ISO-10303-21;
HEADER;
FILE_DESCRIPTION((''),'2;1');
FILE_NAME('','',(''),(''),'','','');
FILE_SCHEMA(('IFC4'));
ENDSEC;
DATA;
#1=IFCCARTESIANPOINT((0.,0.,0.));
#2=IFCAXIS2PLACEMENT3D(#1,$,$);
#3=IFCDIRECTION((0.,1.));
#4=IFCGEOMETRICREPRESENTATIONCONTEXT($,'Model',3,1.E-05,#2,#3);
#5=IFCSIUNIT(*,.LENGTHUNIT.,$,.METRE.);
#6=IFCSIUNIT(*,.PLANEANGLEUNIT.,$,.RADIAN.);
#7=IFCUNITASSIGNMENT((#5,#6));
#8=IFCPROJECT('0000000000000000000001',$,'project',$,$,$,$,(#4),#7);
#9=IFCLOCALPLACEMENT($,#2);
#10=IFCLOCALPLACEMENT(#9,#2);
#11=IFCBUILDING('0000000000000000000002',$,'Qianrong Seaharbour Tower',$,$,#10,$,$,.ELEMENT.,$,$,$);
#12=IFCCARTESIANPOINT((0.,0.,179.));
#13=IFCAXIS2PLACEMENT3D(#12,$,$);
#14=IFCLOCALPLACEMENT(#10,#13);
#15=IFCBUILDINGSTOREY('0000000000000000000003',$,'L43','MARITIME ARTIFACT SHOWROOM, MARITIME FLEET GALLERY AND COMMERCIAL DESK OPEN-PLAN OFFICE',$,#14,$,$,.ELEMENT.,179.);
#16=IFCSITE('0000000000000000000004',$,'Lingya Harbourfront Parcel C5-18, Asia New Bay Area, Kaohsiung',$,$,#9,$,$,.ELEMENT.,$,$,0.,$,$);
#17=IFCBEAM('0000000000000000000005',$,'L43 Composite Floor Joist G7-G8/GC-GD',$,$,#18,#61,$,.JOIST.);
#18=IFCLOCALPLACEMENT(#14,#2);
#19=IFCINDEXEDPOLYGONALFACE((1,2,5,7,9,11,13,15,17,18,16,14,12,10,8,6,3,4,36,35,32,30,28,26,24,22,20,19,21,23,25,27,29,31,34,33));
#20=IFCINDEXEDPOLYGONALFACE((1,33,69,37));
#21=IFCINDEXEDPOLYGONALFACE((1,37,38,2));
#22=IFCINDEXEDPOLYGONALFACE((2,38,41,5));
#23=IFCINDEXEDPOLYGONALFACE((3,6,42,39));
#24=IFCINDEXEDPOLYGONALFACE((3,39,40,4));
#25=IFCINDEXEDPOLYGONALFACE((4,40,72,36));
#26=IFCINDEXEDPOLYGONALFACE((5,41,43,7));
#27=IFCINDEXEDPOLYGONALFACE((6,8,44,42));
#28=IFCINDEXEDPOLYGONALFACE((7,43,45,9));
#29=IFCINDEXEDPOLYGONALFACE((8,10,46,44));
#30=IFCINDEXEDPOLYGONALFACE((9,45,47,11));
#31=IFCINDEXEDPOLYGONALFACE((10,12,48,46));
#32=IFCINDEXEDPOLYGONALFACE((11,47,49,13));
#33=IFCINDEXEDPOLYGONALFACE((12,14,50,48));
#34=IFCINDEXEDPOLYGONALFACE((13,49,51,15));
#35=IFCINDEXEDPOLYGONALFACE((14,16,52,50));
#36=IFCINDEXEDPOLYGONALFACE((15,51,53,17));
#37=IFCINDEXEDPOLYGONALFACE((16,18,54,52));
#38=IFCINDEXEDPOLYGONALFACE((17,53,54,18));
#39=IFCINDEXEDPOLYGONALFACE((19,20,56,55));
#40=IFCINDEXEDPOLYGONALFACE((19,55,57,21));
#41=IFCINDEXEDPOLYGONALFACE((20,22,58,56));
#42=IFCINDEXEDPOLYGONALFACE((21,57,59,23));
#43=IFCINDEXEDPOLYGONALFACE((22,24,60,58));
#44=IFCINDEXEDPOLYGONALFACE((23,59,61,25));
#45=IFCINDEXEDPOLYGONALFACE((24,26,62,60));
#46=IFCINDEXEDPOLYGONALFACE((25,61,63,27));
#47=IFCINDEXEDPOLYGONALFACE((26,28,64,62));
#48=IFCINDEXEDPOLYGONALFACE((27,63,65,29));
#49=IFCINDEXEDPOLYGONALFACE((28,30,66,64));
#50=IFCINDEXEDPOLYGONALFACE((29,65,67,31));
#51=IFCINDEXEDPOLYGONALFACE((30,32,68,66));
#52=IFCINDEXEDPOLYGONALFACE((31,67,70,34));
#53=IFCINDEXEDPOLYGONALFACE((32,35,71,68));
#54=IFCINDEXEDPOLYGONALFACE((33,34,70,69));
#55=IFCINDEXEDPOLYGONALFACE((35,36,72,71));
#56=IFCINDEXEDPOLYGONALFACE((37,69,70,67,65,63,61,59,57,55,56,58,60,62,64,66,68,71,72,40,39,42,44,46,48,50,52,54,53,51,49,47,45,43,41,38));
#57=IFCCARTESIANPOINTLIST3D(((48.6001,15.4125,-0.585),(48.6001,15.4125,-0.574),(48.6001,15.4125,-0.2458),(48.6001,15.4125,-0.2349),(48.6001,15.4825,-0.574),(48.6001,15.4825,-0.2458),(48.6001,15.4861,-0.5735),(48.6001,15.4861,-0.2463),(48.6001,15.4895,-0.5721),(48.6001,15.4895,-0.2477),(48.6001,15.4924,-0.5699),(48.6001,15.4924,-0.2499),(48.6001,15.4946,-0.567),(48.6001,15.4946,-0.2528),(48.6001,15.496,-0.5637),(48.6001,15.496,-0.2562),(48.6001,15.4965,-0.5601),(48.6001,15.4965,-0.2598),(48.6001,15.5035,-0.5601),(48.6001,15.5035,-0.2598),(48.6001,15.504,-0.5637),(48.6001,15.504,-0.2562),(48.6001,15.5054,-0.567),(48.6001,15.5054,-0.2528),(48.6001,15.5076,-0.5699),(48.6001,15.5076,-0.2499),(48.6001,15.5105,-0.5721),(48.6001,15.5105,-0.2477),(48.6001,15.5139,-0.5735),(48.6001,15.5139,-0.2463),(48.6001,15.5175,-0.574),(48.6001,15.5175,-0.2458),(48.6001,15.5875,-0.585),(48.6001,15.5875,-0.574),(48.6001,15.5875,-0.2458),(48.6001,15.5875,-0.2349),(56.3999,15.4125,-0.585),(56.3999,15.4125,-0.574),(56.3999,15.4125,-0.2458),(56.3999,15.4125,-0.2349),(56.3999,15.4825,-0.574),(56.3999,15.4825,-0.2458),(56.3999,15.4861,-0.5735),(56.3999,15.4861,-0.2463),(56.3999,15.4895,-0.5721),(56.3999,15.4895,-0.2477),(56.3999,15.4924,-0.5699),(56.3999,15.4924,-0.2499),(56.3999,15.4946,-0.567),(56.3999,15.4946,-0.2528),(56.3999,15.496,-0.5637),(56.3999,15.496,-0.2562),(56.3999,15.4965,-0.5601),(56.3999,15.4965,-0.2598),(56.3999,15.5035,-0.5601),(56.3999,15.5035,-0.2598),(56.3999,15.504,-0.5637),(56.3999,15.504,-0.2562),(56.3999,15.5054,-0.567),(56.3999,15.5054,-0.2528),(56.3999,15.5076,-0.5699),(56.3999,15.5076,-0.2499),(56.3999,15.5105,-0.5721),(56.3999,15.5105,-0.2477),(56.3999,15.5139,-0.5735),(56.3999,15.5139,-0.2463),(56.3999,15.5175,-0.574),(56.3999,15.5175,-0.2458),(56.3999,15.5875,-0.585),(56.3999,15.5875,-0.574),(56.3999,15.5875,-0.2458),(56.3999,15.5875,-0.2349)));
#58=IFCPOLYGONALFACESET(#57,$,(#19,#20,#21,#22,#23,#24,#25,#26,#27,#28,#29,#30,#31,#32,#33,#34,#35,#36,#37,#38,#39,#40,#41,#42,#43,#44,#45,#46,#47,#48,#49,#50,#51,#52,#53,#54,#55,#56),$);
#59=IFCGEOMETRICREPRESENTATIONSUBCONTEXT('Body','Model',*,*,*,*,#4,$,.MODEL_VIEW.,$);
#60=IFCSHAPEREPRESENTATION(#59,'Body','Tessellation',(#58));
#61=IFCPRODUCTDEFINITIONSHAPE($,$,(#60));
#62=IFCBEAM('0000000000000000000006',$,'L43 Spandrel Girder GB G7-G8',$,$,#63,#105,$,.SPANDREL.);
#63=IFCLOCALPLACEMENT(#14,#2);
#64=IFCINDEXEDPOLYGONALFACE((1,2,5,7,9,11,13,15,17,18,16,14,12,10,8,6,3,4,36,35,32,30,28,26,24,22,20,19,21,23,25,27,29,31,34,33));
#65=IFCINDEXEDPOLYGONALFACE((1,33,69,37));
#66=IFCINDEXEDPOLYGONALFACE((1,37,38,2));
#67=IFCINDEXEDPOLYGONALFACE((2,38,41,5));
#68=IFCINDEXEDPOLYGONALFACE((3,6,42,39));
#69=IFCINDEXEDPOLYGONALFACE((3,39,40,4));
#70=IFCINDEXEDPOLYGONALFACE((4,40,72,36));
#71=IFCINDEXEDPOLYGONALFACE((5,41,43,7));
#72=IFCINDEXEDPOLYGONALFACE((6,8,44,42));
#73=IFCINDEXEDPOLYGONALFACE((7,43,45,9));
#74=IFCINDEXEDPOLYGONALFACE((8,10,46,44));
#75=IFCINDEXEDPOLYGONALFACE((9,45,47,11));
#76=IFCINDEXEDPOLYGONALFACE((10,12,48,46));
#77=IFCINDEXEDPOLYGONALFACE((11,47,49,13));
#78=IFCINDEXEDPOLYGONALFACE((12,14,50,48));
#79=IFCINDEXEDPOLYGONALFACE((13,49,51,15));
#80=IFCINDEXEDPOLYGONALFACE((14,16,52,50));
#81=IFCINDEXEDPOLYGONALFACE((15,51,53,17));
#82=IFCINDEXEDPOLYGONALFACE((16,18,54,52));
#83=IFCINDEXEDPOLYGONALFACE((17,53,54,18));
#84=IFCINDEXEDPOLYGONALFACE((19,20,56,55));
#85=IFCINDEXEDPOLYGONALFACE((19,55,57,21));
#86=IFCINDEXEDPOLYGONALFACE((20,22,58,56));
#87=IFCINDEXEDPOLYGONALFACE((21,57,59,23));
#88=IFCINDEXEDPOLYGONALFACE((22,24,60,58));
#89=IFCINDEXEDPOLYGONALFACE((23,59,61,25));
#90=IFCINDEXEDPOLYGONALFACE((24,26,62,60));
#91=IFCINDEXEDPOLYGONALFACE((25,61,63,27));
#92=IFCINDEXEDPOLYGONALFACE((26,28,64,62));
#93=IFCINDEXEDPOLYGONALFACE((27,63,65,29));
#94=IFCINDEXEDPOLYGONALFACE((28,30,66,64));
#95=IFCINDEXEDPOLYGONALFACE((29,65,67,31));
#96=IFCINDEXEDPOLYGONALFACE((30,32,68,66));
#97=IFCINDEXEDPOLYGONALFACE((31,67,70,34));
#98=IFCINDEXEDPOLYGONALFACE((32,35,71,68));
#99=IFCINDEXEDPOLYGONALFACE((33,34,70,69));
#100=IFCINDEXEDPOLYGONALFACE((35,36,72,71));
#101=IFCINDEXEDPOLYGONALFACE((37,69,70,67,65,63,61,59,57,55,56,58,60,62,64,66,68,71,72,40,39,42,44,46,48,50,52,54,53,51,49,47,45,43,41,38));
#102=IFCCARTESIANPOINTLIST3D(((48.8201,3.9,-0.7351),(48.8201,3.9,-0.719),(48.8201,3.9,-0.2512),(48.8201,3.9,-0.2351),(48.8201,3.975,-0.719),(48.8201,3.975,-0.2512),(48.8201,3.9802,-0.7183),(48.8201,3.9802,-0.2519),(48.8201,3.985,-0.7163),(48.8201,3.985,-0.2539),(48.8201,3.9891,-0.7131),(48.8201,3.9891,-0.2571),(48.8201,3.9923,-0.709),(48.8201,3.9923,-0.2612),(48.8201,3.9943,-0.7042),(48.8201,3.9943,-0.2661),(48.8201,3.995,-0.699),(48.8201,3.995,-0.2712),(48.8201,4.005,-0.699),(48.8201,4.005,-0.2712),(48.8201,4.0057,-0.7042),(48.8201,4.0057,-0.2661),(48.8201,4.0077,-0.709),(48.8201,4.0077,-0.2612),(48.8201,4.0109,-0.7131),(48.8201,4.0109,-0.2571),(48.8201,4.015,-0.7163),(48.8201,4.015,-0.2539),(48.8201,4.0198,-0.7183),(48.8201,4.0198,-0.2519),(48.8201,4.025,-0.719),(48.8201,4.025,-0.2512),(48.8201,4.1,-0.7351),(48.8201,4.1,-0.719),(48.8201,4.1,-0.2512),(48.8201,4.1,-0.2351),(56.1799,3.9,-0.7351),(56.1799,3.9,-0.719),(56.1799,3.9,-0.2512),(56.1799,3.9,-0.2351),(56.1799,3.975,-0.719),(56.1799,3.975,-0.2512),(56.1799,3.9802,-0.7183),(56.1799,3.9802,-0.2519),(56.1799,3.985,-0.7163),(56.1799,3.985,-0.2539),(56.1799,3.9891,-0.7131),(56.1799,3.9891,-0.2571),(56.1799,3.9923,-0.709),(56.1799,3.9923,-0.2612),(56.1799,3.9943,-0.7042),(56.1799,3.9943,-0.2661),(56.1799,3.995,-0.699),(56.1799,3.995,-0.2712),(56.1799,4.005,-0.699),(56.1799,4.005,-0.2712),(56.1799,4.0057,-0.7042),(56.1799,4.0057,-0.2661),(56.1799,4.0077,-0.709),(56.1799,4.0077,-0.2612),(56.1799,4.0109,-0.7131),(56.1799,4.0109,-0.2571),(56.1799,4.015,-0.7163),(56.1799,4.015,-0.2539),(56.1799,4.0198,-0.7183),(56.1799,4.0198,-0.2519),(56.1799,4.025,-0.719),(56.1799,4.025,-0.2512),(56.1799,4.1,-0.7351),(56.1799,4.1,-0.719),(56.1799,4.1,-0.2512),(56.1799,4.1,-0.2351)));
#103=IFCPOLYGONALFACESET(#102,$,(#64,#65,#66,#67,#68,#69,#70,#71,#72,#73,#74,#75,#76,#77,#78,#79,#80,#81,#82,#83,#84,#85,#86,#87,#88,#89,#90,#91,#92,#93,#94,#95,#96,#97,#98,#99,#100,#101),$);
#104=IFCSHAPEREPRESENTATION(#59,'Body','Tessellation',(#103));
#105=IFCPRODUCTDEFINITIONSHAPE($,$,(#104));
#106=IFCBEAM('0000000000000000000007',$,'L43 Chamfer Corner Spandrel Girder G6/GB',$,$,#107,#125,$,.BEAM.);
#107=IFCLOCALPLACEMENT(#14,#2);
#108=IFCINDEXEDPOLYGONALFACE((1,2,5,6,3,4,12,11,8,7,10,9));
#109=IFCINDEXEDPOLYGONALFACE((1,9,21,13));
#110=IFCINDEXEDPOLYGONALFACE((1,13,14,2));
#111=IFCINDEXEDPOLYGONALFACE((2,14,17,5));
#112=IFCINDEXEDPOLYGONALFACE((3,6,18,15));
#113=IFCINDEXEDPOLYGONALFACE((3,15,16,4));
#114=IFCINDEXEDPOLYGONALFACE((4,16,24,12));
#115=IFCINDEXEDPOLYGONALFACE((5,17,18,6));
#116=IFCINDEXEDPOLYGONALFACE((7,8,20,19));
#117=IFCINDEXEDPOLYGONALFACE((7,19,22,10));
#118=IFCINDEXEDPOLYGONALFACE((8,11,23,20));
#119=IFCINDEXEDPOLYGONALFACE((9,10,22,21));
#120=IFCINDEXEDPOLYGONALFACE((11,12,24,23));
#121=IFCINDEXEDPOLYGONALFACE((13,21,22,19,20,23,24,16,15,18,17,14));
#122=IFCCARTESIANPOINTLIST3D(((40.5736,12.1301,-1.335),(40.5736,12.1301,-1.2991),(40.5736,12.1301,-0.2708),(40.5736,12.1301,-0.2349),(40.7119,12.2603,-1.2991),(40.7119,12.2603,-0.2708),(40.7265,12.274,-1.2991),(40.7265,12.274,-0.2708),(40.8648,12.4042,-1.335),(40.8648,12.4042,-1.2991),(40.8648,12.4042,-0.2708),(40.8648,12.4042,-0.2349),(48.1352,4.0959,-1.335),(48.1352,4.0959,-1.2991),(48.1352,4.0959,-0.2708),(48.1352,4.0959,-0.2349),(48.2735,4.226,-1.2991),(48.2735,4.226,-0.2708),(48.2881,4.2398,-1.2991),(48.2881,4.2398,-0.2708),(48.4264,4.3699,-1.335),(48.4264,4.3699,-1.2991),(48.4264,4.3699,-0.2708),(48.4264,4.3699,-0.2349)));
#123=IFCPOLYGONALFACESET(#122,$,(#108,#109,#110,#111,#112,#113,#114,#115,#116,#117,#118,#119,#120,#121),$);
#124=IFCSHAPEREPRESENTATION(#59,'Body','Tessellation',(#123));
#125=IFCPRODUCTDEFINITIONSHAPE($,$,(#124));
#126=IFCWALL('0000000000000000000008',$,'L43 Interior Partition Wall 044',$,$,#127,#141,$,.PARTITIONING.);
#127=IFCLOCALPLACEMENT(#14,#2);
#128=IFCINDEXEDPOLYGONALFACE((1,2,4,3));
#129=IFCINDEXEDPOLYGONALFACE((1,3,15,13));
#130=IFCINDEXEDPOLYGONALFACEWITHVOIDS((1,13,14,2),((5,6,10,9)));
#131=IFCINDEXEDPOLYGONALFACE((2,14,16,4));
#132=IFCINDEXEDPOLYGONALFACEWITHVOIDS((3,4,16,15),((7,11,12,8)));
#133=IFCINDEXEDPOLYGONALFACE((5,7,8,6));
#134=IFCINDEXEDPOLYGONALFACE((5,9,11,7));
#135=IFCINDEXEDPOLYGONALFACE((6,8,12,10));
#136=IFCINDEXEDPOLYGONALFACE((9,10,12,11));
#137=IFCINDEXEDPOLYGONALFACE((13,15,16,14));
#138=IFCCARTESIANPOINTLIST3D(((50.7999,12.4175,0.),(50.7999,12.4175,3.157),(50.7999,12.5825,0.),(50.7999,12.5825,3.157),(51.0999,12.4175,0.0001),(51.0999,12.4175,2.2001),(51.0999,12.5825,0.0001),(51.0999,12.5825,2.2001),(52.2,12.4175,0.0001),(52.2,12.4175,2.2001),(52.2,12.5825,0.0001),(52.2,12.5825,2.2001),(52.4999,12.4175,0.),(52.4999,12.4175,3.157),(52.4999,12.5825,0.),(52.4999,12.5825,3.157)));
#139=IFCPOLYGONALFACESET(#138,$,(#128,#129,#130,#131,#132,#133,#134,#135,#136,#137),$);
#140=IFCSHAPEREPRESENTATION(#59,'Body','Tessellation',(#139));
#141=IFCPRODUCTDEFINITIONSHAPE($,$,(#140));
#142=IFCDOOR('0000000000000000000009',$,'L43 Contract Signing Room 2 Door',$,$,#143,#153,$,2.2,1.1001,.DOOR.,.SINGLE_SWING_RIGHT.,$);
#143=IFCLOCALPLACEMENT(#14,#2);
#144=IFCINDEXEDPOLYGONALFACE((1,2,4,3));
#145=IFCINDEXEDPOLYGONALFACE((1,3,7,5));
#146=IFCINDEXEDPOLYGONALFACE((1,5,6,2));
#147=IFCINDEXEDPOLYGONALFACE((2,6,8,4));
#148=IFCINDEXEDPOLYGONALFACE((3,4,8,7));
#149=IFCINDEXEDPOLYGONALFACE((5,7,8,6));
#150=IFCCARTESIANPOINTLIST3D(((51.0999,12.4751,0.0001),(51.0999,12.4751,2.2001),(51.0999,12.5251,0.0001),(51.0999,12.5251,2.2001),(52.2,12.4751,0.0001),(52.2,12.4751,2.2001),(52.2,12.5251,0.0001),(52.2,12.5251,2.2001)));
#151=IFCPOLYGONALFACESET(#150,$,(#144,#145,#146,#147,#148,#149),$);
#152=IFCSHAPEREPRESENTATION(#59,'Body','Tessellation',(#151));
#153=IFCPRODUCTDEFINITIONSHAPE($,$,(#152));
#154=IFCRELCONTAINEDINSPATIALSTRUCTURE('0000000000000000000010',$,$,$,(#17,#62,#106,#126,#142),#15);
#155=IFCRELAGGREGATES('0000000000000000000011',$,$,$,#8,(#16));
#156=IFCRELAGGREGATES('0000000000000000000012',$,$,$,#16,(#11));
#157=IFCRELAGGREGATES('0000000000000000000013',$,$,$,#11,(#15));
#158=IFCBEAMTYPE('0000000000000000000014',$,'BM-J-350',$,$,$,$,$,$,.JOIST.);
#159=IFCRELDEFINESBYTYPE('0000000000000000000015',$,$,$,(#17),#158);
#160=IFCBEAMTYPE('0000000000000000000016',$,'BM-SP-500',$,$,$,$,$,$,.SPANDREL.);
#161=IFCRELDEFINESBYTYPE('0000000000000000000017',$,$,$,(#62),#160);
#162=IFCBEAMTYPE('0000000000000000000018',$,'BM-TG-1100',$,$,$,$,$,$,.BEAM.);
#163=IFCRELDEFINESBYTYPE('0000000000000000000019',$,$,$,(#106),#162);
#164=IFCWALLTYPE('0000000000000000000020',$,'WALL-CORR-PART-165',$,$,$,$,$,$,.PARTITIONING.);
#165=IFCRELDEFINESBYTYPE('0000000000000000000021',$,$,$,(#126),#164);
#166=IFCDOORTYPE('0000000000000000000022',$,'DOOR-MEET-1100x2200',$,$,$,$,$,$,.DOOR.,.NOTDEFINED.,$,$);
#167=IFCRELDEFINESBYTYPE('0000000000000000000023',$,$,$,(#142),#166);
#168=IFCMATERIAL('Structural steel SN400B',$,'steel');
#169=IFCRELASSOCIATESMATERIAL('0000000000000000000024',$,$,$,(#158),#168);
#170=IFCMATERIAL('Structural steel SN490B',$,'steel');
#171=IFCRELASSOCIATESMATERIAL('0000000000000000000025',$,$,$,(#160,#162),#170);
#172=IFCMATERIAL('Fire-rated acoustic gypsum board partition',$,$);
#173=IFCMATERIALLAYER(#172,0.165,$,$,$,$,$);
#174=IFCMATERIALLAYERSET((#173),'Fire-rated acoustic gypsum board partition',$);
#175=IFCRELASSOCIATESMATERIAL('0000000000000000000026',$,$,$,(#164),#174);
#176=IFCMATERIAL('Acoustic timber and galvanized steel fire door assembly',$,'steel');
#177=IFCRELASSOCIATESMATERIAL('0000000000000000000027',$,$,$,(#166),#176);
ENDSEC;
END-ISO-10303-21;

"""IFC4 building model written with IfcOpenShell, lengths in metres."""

from ifc_helpers import new_model, si_unit, direction, frame, frame_2d, origin, origin_2d, place, context, subcontext, project, spatial, rectangle, i_section, extrude, material, layer, layer_set, material_profile, profile_set, type_object, element, fill, save


model = new_model("IFC4")

# Units and contexts
model_context = context("Model", 3, precision=1e-05, world=origin(), true_north=direction((0.0, 1.0)))
body_context = subcontext(model_context, "Body", "Model", "MODEL_VIEW")
ifc_project = project(units=[si_unit("LENGTHUNIT", "METRE"), si_unit("PLANEANGLEUNIT", "RADIAN")], contexts=[model_context])

# Site, building, storey
site_placement = place(None, origin())
site = spatial("IfcSite", under=ifc_project, at=site_placement, Name="Lingya Harbourfront Parcel C5-18, Asia New Bay Area, Kaohsiung", CompositionType="ELEMENT", RefElevation=0.0)
building_placement = place(site_placement, origin())
building = spatial("IfcBuilding", under=site, at=building_placement, Name="Qianrong Seaharbour Tower", CompositionType="ELEMENT")
storey_placement = place(building_placement, frame((0.0, 0.0, 179.0)))
storey = spatial("IfcBuildingStorey", under=building, at=storey_placement, Name="L43", Description="MARITIME ARTIFACT SHOWROOM, MARITIME FLEET GALLERY AND COMMERCIAL DESK OPEN-PLAN OFFICE", CompositionType="ELEMENT", Elevation=179.0)

# Shared definitions
ifc_material_1 = material(Name="Structural steel SN490B", Category="steel")

# Beams
ifc_material_2 = material(Name="Structural steel SN400B", Category="steel")
ifc_material_profile_1 = material_profile(ifc_material_2, i_section(OverallWidth=0.175, OverallDepth=0.3501, WebThickness=0.0071, FlangeThickness=0.011, FilletRadius=0.0139, at=origin_2d()), Name="H350x175x7x11")
ifc_profile_set_1 = profile_set([ifc_material_profile_1], Name="Structural steel SN400B")
beam_type_1 = type_object("IfcBeamType", Name="BM-J-350", PredefinedType="JOIST", material=ifc_profile_set_1)
for number, where, z_axis, x_axis, name in (
    (1, (48.6001, 15.5, -0.4099), (1.0, 0.0, 0.0), (0.0, 1.0, 0.0), "L43 Composite Floor Joist G7-G8/GC-GD"),
):
    element("IfcBeam", number, at=place(storey_placement, frame(where, z_axis=z_axis, x_axis=x_axis)), inside=storey, type_object=beam_type_1, Name=name, PredefinedType="JOIST", context=body_context, shape_type="SweptSolid", body=[
        extrude(i_section(OverallWidth=0.175, OverallDepth=0.3501, WebThickness=0.0071, FlangeThickness=0.011, FilletRadius=0.0139, at=origin_2d()), origin(), (0.0, 0.0, 1.0), 7.7998),
    ])
ifc_material_profile_2 = material_profile(ifc_material_1, i_section(OverallWidth=0.2, OverallDepth=0.5, WebThickness=0.01, FlangeThickness=0.0161, FilletRadius=0.02, at=origin_2d()), Name="H500x200x10x16")
ifc_profile_set_2 = profile_set([ifc_material_profile_2], Name="Structural steel SN490B")
beam_type_2 = type_object("IfcBeamType", Name="BM-SP-500", PredefinedType="SPANDREL", material=ifc_profile_set_2)
beam_1_placement = place(storey_placement, frame((48.8201, 4.0, -0.4851), z_axis=(1.0, 0.0, 0.0), x_axis=(0.0, 1.0, 0.0)))
element("IfcBeam", 2, at=beam_1_placement, inside=storey, type_object=beam_type_2, Name="L43 Spandrel Girder GB G7-G8", PredefinedType="SPANDREL", context=body_context, shape_type="SweptSolid", body=[
    extrude(i_section(OverallWidth=0.2, OverallDepth=0.5, WebThickness=0.01, FlangeThickness=0.0161, FilletRadius=0.02, at=origin_2d()), origin(), (0.0, 0.0, 1.0), 7.3599),
])
ifc_material_profile_3 = material_profile(ifc_material_1, i_section(OverallWidth=0.3999, OverallDepth=1.1001, WebThickness=0.02, FlangeThickness=0.0359, at=origin_2d()), Name="BH1100x400x20x36")
ifc_profile_set_3 = profile_set([ifc_material_profile_3], Name="Structural steel SN490B")
beam_type_3 = type_object("IfcBeamType", Name="BM-TG-1100", PredefinedType="BEAM", material=ifc_profile_set_3)
beam_2_placement = place(storey_placement, frame((48.2808, 4.2329, -0.7849), z_axis=(-0.685362, 0.728203, 0.0), x_axis=(-0.728203, -0.685362, 0.0)))
element("IfcBeam", 3, at=beam_2_placement, inside=storey, type_object=beam_type_3, Name="L43 Chamfer Corner Spandrel Girder G6/GB", PredefinedType="BEAM", context=body_context, shape_type="SweptSolid", body=[
    extrude(i_section(OverallWidth=0.3999, OverallDepth=1.1001, WebThickness=0.02, FlangeThickness=0.0359, at=origin_2d()), origin(), (0.0, 0.0, 1.0), 11.033),
])

# Wall, opening, door
ifc_material_3 = material(Name="Fire-rated acoustic gypsum board partition")
ifc_layer_1 = layer(ifc_material_3, 0.165)
ifc_layer_set_1 = layer_set([ifc_layer_1], Name="Fire-rated acoustic gypsum board partition")
wall_type_1 = type_object("IfcWallType", Name="WALL-CORR-PART-165", PredefinedType="PARTITIONING", material=ifc_layer_set_1)
wall_1_placement = place(storey_placement, frame((52.5, 12.5, 0.0), z_axis=(0.0, 0.0, 1.0), x_axis=(-1.0, 0.0, 0.0)))
wall_1 = element("IfcWall", 4, at=wall_1_placement, inside=storey, type_object=wall_type_1, Name="L43 Interior Partition Wall 044", PredefinedType="PARTITIONING", context=body_context, shape_type="SweptSolid", body=[
    extrude(rectangle(XDim=1.7, YDim=0.165, at=frame_2d((0.8501, 0.0))), origin(), (0.0, 0.0, 1.0), 3.157),
])
opening_1_placement = place(wall_1_placement, frame((0.3, 0.0, 0.0)))
opening_1 = element("IfcOpeningElement", 5, at=opening_1_placement, cuts=wall_1, PredefinedType="OPENING", context=body_context, shape_type="SweptSolid", body=[
    extrude(rectangle(XDim=1.1001, YDim=2.2, at=frame_2d((0.55, 1.1001))), frame((0.0, 0.0925, 0.0), z_axis=(0.0, -1.0, 0.0), x_axis=(1.0, 0.0, 0.0)), (0.0, 0.0, 1.0), 0.1851),
])
ifc_material_4 = material(Name="Acoustic timber and galvanized steel fire door assembly", Category="steel")
door_type_1 = type_object("IfcDoorType", Name="DOOR-MEET-1100x2200", OperationType="NOTDEFINED", PredefinedType="DOOR", material=ifc_material_4)
door_1_placement = place(opening_1_placement, origin())
door_1 = element("IfcDoor", 6, at=door_1_placement, inside=storey, type_object=door_type_1, Name="L43 Contract Signing Room 2 Door", OperationType="SINGLE_SWING_RIGHT", OverallHeight=2.2, OverallWidth=1.1001, PredefinedType="DOOR", context=body_context, shape_type="SweptSolid", body=[
    extrude(rectangle(XDim=1.1001, YDim=2.2, at=frame_2d((0.55, 1.1001))), frame((0.0, 0.0249, 0.0), z_axis=(0.0, -1.0, 0.0), x_axis=(1.0, 0.0, 0.0)), (0.0, 0.0, 1.0), 0.05),
])
fill(opening_1, door_1)

save(model, "model.ifc")
